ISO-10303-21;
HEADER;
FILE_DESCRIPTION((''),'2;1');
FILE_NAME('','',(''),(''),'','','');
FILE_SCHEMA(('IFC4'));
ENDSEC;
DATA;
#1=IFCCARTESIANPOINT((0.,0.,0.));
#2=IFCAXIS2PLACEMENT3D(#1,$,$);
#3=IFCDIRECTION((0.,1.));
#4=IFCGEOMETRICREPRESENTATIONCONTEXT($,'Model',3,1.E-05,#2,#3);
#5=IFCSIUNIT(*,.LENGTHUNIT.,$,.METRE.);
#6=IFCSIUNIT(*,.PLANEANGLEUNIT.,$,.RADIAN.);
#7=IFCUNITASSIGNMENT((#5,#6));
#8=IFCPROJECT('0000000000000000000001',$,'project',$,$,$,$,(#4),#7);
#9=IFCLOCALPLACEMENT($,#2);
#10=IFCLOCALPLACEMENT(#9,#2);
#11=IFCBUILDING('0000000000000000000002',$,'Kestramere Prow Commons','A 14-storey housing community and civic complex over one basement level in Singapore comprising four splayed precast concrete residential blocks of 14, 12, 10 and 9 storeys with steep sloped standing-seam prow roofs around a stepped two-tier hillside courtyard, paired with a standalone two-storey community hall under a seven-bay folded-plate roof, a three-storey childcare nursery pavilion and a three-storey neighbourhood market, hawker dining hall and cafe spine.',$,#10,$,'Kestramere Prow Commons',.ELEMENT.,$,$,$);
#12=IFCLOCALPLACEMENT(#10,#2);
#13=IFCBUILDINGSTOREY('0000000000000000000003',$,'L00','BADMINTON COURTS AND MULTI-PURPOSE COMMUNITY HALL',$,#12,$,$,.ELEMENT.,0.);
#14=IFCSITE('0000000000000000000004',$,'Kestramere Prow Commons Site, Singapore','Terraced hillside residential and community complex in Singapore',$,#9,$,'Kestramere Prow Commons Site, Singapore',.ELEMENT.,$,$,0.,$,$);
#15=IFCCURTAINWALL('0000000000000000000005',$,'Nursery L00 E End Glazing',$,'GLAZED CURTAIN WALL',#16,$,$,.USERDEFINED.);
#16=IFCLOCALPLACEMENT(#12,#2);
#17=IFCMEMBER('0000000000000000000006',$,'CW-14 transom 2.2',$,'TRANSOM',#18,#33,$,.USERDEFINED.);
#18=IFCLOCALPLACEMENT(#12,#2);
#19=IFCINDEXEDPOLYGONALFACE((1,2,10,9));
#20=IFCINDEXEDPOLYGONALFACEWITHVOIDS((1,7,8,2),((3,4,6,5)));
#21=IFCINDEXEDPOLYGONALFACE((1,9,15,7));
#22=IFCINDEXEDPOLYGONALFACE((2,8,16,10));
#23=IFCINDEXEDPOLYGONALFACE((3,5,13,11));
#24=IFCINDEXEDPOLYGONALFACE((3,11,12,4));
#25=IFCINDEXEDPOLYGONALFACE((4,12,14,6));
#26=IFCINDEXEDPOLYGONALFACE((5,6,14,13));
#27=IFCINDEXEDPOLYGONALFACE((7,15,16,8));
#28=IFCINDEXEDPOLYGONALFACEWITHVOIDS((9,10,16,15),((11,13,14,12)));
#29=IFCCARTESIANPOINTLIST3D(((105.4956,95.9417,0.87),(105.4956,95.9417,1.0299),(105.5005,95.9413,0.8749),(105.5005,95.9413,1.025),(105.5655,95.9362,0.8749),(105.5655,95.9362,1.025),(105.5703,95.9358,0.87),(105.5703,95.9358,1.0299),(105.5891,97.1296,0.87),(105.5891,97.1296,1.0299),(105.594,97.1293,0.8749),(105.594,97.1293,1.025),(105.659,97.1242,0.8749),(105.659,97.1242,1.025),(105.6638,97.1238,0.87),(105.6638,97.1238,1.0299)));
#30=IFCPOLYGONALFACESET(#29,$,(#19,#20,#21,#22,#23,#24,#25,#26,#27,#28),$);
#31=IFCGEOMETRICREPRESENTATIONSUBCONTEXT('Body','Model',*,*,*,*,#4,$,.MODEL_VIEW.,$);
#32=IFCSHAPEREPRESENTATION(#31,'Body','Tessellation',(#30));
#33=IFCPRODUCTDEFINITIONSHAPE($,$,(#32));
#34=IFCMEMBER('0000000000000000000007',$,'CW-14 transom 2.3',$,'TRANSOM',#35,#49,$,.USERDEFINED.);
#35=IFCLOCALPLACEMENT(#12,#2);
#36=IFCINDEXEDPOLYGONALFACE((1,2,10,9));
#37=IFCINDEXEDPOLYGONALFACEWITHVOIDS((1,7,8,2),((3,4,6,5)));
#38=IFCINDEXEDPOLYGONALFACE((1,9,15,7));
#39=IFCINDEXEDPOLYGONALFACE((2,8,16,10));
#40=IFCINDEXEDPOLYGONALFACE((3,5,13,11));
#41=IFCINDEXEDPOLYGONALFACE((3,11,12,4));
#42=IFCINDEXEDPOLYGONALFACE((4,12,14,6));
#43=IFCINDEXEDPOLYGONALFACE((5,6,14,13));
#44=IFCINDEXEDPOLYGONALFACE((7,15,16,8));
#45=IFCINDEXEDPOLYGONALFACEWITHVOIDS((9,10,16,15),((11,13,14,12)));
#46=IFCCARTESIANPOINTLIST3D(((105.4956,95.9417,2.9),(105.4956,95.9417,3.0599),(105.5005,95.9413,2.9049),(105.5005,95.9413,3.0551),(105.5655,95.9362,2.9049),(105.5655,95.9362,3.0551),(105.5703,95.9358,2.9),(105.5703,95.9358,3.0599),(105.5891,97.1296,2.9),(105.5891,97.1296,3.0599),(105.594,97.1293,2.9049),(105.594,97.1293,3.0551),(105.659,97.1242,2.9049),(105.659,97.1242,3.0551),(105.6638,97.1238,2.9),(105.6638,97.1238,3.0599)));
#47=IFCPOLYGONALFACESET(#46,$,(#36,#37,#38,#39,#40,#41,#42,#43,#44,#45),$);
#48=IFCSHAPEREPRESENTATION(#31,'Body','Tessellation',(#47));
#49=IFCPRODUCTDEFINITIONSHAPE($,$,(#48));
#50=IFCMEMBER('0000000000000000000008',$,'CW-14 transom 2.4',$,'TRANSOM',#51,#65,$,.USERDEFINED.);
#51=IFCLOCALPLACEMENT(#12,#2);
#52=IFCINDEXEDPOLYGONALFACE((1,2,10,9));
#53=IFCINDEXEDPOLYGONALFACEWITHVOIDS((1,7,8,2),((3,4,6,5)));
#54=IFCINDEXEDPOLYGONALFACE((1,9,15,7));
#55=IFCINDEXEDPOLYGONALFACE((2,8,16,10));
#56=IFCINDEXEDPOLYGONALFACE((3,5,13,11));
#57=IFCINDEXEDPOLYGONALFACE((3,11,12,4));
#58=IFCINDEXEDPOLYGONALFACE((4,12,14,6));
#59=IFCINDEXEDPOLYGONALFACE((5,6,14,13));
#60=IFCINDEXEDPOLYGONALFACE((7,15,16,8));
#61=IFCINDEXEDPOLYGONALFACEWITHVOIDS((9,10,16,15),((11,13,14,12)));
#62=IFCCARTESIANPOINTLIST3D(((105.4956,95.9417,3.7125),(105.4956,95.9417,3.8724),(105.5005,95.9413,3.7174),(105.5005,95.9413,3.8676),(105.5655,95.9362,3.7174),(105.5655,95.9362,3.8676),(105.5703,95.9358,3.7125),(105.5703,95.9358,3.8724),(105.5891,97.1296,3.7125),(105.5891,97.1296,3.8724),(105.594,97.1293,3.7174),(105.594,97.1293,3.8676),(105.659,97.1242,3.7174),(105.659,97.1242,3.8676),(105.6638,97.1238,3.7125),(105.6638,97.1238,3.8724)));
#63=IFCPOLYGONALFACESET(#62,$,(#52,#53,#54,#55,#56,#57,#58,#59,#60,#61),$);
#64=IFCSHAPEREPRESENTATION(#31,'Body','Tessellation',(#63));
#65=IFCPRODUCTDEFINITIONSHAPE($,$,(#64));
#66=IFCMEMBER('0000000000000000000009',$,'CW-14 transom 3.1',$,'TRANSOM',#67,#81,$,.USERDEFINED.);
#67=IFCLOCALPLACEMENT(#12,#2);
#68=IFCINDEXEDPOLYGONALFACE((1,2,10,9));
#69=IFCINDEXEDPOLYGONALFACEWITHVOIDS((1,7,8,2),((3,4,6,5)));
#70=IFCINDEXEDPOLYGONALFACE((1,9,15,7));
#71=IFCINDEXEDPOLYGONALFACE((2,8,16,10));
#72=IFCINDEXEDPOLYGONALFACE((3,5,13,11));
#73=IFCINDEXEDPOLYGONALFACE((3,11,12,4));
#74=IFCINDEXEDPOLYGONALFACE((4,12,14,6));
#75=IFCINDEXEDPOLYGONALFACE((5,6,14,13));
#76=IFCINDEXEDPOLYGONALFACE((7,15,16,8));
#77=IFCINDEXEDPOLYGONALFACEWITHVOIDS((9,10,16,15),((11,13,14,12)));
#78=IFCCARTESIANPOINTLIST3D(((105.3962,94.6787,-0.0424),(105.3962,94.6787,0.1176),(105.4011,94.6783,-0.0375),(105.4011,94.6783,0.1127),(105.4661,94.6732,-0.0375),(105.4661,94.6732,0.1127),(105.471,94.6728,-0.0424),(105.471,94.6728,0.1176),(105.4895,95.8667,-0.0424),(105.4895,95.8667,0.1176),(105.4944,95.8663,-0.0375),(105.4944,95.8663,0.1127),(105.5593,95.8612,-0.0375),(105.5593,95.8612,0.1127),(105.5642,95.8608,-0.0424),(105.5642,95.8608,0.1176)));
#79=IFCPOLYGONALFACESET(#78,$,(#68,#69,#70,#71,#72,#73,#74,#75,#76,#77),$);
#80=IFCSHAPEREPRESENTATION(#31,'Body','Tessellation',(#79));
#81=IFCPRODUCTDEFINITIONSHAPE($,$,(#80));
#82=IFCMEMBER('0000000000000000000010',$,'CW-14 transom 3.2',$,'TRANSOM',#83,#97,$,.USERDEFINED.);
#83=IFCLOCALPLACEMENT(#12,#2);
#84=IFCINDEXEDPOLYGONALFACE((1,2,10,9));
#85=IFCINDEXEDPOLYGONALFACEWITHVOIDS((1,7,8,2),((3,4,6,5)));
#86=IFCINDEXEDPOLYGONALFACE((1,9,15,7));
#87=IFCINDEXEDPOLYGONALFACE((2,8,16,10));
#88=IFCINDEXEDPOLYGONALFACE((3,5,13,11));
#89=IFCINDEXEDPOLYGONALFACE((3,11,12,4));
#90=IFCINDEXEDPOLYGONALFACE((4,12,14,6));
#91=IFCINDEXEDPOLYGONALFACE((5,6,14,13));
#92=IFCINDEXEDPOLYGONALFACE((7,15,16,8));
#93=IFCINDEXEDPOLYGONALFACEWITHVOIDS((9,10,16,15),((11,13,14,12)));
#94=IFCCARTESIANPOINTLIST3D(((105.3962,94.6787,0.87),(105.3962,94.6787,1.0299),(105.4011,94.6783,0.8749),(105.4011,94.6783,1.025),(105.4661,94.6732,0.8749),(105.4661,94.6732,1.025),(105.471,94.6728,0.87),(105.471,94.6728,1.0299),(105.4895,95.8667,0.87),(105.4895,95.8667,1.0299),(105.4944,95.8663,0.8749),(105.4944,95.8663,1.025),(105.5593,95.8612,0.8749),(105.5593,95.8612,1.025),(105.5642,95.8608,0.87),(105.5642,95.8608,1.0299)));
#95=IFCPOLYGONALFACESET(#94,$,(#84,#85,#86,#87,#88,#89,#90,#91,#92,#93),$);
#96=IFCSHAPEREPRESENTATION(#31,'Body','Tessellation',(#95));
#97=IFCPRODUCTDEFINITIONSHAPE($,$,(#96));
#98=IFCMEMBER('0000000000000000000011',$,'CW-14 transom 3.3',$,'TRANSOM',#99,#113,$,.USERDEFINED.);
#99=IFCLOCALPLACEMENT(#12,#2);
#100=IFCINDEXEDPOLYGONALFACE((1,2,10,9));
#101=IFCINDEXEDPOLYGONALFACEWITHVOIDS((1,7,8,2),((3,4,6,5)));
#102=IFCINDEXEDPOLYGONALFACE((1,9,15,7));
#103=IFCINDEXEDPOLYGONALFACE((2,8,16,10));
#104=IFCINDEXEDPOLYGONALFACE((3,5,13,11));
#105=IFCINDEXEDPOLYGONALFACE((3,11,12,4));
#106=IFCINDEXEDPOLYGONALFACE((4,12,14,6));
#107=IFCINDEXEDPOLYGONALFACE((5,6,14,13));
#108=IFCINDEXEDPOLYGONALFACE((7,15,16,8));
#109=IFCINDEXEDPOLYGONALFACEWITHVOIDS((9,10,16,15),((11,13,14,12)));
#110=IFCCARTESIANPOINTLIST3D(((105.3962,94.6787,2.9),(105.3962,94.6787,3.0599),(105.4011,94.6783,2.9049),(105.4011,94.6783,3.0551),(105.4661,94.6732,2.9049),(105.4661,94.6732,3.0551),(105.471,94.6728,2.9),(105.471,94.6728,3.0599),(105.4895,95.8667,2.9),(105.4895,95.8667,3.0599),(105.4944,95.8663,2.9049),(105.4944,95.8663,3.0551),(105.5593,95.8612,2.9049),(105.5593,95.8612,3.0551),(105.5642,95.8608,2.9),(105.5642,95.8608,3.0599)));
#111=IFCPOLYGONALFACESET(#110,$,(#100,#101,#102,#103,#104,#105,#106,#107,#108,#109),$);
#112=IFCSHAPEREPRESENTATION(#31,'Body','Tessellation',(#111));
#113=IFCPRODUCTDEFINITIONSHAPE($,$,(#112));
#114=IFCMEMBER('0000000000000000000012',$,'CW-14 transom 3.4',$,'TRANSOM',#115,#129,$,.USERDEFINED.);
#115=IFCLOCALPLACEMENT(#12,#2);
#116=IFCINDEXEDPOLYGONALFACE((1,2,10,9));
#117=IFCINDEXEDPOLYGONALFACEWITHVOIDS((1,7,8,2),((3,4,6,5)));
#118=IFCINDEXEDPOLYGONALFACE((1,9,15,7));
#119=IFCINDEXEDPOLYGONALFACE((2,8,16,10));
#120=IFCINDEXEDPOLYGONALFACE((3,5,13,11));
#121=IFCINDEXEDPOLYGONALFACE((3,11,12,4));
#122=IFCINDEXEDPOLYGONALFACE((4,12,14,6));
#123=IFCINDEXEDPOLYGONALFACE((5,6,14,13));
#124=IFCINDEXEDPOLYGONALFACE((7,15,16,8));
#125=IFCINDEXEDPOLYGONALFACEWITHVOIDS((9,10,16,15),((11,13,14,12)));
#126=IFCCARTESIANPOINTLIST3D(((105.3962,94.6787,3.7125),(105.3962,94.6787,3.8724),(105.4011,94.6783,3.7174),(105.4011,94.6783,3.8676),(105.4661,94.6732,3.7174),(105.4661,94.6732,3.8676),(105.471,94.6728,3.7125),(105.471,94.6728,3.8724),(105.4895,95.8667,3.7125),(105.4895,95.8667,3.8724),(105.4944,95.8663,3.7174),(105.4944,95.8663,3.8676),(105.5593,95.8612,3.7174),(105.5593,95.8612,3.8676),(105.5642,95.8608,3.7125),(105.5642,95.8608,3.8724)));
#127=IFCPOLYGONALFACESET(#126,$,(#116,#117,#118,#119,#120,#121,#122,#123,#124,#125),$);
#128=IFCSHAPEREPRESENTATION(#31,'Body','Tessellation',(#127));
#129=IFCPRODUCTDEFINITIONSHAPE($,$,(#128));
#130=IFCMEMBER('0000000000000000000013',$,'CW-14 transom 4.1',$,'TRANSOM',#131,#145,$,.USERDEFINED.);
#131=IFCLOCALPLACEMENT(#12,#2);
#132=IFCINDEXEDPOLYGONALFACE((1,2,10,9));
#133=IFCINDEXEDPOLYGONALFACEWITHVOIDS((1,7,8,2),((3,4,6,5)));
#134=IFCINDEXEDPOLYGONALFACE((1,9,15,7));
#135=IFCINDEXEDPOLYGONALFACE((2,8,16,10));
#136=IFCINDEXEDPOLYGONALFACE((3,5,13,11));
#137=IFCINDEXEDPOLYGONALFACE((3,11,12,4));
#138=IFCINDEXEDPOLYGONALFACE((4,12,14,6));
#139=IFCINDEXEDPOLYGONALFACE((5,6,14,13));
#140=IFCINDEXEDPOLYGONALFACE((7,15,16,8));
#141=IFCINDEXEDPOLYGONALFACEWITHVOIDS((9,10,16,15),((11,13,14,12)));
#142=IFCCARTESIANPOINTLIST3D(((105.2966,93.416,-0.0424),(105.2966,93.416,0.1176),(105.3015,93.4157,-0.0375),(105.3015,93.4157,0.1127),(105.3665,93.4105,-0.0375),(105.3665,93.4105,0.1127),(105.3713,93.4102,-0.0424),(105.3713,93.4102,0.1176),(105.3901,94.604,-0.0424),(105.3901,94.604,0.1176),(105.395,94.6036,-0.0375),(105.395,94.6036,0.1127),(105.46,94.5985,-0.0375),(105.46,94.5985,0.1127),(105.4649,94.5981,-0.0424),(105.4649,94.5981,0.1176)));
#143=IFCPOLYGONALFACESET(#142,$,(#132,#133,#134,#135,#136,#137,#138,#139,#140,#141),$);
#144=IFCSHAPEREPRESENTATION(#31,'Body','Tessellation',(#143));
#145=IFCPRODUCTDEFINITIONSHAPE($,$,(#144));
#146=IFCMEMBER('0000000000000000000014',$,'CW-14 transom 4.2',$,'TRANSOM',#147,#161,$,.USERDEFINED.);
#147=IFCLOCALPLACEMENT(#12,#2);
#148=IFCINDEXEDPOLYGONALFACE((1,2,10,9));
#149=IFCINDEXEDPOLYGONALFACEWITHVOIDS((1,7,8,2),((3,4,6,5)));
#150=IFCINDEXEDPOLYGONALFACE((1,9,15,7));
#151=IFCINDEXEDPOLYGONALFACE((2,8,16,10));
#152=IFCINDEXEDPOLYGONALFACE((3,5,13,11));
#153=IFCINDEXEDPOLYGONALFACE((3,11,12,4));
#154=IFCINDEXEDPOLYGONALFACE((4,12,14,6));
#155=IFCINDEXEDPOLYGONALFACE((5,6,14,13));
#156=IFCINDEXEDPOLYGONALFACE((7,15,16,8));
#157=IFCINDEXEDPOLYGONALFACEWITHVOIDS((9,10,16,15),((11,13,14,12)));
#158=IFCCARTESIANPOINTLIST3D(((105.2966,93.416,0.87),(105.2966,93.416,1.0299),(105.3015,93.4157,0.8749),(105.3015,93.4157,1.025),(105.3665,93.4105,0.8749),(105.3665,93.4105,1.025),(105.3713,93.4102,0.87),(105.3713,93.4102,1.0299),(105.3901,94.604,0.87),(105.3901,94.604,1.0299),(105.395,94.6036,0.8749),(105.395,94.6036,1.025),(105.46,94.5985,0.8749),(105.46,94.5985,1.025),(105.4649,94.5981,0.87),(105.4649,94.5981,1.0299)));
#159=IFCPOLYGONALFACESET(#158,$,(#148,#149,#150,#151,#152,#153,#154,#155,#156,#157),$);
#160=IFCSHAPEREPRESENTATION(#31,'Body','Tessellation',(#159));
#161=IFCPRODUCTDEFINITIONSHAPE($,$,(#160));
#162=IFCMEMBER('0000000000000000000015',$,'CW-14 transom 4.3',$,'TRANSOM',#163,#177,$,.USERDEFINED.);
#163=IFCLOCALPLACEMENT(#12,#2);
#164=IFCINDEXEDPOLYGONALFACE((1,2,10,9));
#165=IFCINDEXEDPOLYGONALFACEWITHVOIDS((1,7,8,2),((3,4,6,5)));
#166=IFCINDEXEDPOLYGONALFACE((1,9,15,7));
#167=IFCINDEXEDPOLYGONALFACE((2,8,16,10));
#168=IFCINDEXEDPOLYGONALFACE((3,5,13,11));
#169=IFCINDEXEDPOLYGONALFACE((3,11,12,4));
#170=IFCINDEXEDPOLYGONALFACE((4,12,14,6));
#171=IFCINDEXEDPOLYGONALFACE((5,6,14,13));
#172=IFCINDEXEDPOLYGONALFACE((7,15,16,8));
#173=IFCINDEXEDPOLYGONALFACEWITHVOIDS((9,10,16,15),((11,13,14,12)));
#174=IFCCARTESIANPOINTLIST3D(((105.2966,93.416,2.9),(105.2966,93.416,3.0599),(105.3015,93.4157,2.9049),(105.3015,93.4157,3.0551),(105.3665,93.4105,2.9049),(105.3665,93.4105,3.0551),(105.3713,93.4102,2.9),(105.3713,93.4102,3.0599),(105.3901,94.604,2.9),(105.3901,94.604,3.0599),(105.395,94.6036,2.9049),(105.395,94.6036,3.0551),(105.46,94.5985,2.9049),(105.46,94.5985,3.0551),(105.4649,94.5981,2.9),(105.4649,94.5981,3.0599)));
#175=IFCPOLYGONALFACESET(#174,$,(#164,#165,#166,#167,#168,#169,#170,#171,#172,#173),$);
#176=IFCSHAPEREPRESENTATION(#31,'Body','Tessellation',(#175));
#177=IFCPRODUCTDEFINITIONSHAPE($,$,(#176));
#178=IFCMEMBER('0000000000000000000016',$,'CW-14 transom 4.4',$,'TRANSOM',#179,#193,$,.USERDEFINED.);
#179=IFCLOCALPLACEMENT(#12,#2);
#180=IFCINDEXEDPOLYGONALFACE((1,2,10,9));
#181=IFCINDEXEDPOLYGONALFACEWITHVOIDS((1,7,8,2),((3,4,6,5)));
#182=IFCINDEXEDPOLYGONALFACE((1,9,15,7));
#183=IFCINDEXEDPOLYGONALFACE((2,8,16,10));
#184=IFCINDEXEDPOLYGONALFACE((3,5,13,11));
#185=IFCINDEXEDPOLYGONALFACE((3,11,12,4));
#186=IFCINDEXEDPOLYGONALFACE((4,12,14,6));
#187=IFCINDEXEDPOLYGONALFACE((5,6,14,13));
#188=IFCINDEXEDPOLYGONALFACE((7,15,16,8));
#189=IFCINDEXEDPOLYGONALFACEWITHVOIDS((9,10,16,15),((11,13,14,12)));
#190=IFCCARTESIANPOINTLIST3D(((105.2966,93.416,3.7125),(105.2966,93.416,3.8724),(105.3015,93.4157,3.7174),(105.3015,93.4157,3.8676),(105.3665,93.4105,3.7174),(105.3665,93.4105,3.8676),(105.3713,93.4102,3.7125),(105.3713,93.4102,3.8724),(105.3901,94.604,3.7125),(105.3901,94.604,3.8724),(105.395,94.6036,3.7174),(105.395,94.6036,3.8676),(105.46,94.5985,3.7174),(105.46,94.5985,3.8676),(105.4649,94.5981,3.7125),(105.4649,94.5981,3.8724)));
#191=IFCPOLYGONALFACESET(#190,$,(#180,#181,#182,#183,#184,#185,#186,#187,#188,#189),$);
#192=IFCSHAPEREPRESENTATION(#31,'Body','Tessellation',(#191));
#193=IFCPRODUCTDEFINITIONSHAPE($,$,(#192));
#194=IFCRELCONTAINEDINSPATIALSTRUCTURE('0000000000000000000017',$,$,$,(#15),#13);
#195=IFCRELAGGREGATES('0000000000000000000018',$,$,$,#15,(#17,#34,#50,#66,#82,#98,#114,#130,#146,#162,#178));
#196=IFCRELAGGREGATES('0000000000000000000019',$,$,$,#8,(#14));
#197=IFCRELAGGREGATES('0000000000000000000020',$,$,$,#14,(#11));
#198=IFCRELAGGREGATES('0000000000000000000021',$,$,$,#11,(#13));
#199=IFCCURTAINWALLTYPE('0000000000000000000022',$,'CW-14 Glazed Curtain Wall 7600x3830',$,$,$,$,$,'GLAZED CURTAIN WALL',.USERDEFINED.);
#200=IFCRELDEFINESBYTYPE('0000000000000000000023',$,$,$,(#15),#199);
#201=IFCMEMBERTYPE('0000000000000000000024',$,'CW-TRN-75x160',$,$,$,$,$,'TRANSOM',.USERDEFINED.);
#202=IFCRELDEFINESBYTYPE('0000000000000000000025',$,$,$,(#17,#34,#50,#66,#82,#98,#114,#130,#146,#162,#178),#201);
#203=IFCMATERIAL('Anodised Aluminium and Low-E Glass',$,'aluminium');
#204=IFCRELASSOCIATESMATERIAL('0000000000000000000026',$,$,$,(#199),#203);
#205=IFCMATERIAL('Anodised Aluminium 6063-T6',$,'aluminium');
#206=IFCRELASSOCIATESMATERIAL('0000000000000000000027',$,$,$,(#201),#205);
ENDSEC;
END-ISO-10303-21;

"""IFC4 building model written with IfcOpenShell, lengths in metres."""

from ifc_helpers import new_model, si_unit, direction, frame, origin, origin_2d, place, context, subcontext, project, spatial, hollow_rectangle, extrude, material, material_profile, profile_set, type_object, element, aggregate, save


model = new_model("IFC4")

# Units and contexts
model_context = context("Model", 3, precision=1e-05, world=origin(), true_north=direction((0.0, 1.0)))
body_context = subcontext(model_context, "Body", "Model", "MODEL_VIEW")
ifc_project = project(units=[si_unit("LENGTHUNIT", "METRE"), si_unit("PLANEANGLEUNIT", "RADIAN")], contexts=[model_context])

# Site, building, storey
site_placement = place(None, origin())
site = spatial("IfcSite", under=ifc_project, at=site_placement, Name="Kestramere Prow Commons Site, Singapore", Description="Terraced hillside residential and community complex in Singapore", LongName="Kestramere Prow Commons Site, Singapore", CompositionType="ELEMENT", RefElevation=0.0)
building_placement = place(site_placement, origin())
building = spatial("IfcBuilding", under=site, at=building_placement, Name="Kestramere Prow Commons", Description="A 14-storey housing community and civic complex over one basement level in Singapore comprising four splayed precast concrete residential blocks of 14, 12, 10 and 9 storeys with steep sloped standing-seam prow roofs around a stepped two-tier hillside courtyard, paired with a standalone two-storey community hall under a seven-bay folded-plate roof, a three-storey childcare nursery pavilion and a three-storey neighbourhood market, hawker dining hall and cafe spine.", LongName="Kestramere Prow Commons", CompositionType="ELEMENT")
storey_placement = place(building_placement, origin())
storey = spatial("IfcBuildingStorey", under=building, at=storey_placement, Name="L00", Description="BADMINTON COURTS AND MULTI-PURPOSE COMMUNITY HALL", CompositionType="ELEMENT", Elevation=0.0)

# Curtain wall, members
ifc_material_1 = material(Name="Anodised Aluminium and Low-E Glass", Category="aluminium")
curtain_wall_type = type_object("IfcCurtainWallType", Name="CW-14 Glazed Curtain Wall 7600x3830", ElementType="GLAZED CURTAIN WALL", PredefinedType="USERDEFINED", material=ifc_material_1)
curtain_wall_placement = place(storey_placement, origin())
curtain_wall = element("IfcCurtainWall", 1, at=curtain_wall_placement, inside=storey, type_object=curtain_wall_type, Name="Nursery L00 E End Glazing", ObjectType="GLAZED CURTAIN WALL", PredefinedType="USERDEFINED")
ifc_material_2 = material(Name="Anodised Aluminium 6063-T6", Category="aluminium")
ifc_material_profile_1 = material_profile(ifc_material_2, hollow_rectangle(XDim=0.075, YDim=0.1599, WallThickness=0.0049, at=origin_2d()), Name="ALU-TRN 75x160")
ifc_profile_set_1 = profile_set([ifc_material_profile_1], Name="Anodised Aluminium 6063-T6")
member_type_1 = type_object("IfcMemberType", Name="CW-TRN-75x160", ElementType="TRANSOM", PredefinedType="USERDEFINED", material=ifc_profile_set_1)
member_1_placement = place(storey_placement, frame((105.6265, 97.1267, 0.95), z_axis=(-0.078467, -0.996917, 0.0), x_axis=(0.996917, -0.078467, 0.0)))
member_1 = element("IfcMember", 2, at=member_1_placement, type_object=member_type_1, Name="CW-14 transom 2.2", ObjectType="TRANSOM", PredefinedType="USERDEFINED", context=body_context, shape_type="SweptSolid", body=[
    extrude(hollow_rectangle(XDim=0.075, YDim=0.1599, WallThickness=0.0049, at=origin_2d()), origin(), (0.0, 0.0, 1.0), 1.1917),
])
member_2_placement = place(storey_placement, frame((105.6265, 97.1267, 2.98), z_axis=(-0.078467, -0.996917, 0.0), x_axis=(0.996917, -0.078467, 0.0)))
member_2 = element("IfcMember", 3, at=member_2_placement, type_object=member_type_1, Name="CW-14 transom 2.3", ObjectType="TRANSOM", PredefinedType="USERDEFINED", context=body_context, shape_type="SweptSolid", body=[
    extrude(hollow_rectangle(XDim=0.075, YDim=0.1599, WallThickness=0.0049, at=origin_2d()), origin(), (0.0, 0.0, 1.0), 1.1917),
])
member_3_placement = place(storey_placement, frame((105.6265, 97.1267, 3.7925), z_axis=(-0.078467, -0.996917, 0.0), x_axis=(0.996917, -0.078467, 0.0)))
member_3 = element("IfcMember", 4, at=member_3_placement, type_object=member_type_1, Name="CW-14 transom 2.4", ObjectType="TRANSOM", PredefinedType="USERDEFINED", context=body_context, shape_type="SweptSolid", body=[
    extrude(hollow_rectangle(XDim=0.075, YDim=0.1599, WallThickness=0.0049, at=origin_2d()), origin(), (0.0, 0.0, 1.0), 1.1917),
])
member_4_placement = place(storey_placement, frame((105.5269, 95.8638, 0.0376), z_axis=(-0.078263, -0.996933, 0.0), x_axis=(0.996933, -0.078263, 0.0)))
member_4 = element("IfcMember", 5, at=member_4_placement, type_object=member_type_1, Name="CW-14 transom 3.1", ObjectType="TRANSOM", PredefinedType="USERDEFINED", context=body_context, shape_type="SweptSolid", body=[
    extrude(hollow_rectangle(XDim=0.075, YDim=0.1599, WallThickness=0.0049, at=origin_2d()), origin(), (0.0, 0.0, 1.0), 1.1917),
])
member_5_placement = place(storey_placement, frame((105.5269, 95.8638, 0.95), z_axis=(-0.078263, -0.996933, 0.0), x_axis=(0.996933, -0.078263, 0.0)))
member_5 = element("IfcMember", 6, at=member_5_placement, type_object=member_type_1, Name="CW-14 transom 3.2", ObjectType="TRANSOM", PredefinedType="USERDEFINED", context=body_context, shape_type="SweptSolid", body=[
    extrude(hollow_rectangle(XDim=0.075, YDim=0.1599, WallThickness=0.0049, at=origin_2d()), origin(), (0.0, 0.0, 1.0), 1.1917),
])
member_6_placement = place(storey_placement, frame((105.5269, 95.8638, 2.98), z_axis=(-0.078263, -0.996933, 0.0), x_axis=(0.996933, -0.078263, 0.0)))
member_6 = element("IfcMember", 7, at=member_6_placement, type_object=member_type_1, Name="CW-14 transom 3.3", ObjectType="TRANSOM", PredefinedType="USERDEFINED", context=body_context, shape_type="SweptSolid", body=[
    extrude(hollow_rectangle(XDim=0.075, YDim=0.1599, WallThickness=0.0049, at=origin_2d()), origin(), (0.0, 0.0, 1.0), 1.1917),
])
member_7_placement = place(storey_placement, frame((105.5269, 95.8638, 3.7925), z_axis=(-0.078263, -0.996933, 0.0), x_axis=(0.996933, -0.078263, 0.0)))
member_7 = element("IfcMember", 8, at=member_7_placement, type_object=member_type_1, Name="CW-14 transom 3.4", ObjectType="TRANSOM", PredefinedType="USERDEFINED", context=body_context, shape_type="SweptSolid", body=[
    extrude(hollow_rectangle(XDim=0.075, YDim=0.1599, WallThickness=0.0049, at=origin_2d()), origin(), (0.0, 0.0, 1.0), 1.1917),
])
member_8_placement = place(storey_placement, frame((105.4275, 94.6011, 0.0376), z_axis=(-0.078467, -0.996917, 0.0), x_axis=(0.996917, -0.078467, 0.0)))
member_8 = element("IfcMember", 9, at=member_8_placement, type_object=member_type_1, Name="CW-14 transom 4.1", ObjectType="TRANSOM", PredefinedType="USERDEFINED", context=body_context, shape_type="SweptSolid", body=[
    extrude(hollow_rectangle(XDim=0.075, YDim=0.1599, WallThickness=0.0049, at=origin_2d()), origin(), (0.0, 0.0, 1.0), 1.1917),
])
member_9_placement = place(storey_placement, frame((105.4275, 94.6011, 0.95), z_axis=(-0.078467, -0.996917, 0.0), x_axis=(0.996917, -0.078467, 0.0)))
member_9 = element("IfcMember", 10, at=member_9_placement, type_object=member_type_1, Name="CW-14 transom 4.2", ObjectType="TRANSOM", PredefinedType="USERDEFINED", context=body_context, shape_type="SweptSolid", body=[
    extrude(hollow_rectangle(XDim=0.075, YDim=0.1599, WallThickness=0.0049, at=origin_2d()), origin(), (0.0, 0.0, 1.0), 1.1917),
])
member_10_placement = place(storey_placement, frame((105.4275, 94.6011, 2.98), z_axis=(-0.078467, -0.996917, 0.0), x_axis=(0.996917, -0.078467, 0.0)))
member_10 = element("IfcMember", 11, at=member_10_placement, type_object=member_type_1, Name="CW-14 transom 4.3", ObjectType="TRANSOM", PredefinedType="USERDEFINED", context=body_context, shape_type="SweptSolid", body=[
    extrude(hollow_rectangle(XDim=0.075, YDim=0.1599, WallThickness=0.0049, at=origin_2d()), origin(), (0.0, 0.0, 1.0), 1.1917),
])
member_11_placement = place(storey_placement, frame((105.4275, 94.6011, 3.7925), z_axis=(-0.078467, -0.996917, 0.0), x_axis=(0.996917, -0.078467, 0.0)))
member_11 = element("IfcMember", 12, at=member_11_placement, type_object=member_type_1, Name="CW-14 transom 4.4", ObjectType="TRANSOM", PredefinedType="USERDEFINED", context=body_context, shape_type="SweptSolid", body=[
    extrude(hollow_rectangle(XDim=0.075, YDim=0.1599, WallThickness=0.0049, at=origin_2d()), origin(), (0.0, 0.0, 1.0), 1.1917),
])
aggregate(curtain_wall, [member_1, member_2, member_3, member_4, member_5, member_6, member_7, member_8, member_9, member_10, member_11])

save(model, "model.ifc")
